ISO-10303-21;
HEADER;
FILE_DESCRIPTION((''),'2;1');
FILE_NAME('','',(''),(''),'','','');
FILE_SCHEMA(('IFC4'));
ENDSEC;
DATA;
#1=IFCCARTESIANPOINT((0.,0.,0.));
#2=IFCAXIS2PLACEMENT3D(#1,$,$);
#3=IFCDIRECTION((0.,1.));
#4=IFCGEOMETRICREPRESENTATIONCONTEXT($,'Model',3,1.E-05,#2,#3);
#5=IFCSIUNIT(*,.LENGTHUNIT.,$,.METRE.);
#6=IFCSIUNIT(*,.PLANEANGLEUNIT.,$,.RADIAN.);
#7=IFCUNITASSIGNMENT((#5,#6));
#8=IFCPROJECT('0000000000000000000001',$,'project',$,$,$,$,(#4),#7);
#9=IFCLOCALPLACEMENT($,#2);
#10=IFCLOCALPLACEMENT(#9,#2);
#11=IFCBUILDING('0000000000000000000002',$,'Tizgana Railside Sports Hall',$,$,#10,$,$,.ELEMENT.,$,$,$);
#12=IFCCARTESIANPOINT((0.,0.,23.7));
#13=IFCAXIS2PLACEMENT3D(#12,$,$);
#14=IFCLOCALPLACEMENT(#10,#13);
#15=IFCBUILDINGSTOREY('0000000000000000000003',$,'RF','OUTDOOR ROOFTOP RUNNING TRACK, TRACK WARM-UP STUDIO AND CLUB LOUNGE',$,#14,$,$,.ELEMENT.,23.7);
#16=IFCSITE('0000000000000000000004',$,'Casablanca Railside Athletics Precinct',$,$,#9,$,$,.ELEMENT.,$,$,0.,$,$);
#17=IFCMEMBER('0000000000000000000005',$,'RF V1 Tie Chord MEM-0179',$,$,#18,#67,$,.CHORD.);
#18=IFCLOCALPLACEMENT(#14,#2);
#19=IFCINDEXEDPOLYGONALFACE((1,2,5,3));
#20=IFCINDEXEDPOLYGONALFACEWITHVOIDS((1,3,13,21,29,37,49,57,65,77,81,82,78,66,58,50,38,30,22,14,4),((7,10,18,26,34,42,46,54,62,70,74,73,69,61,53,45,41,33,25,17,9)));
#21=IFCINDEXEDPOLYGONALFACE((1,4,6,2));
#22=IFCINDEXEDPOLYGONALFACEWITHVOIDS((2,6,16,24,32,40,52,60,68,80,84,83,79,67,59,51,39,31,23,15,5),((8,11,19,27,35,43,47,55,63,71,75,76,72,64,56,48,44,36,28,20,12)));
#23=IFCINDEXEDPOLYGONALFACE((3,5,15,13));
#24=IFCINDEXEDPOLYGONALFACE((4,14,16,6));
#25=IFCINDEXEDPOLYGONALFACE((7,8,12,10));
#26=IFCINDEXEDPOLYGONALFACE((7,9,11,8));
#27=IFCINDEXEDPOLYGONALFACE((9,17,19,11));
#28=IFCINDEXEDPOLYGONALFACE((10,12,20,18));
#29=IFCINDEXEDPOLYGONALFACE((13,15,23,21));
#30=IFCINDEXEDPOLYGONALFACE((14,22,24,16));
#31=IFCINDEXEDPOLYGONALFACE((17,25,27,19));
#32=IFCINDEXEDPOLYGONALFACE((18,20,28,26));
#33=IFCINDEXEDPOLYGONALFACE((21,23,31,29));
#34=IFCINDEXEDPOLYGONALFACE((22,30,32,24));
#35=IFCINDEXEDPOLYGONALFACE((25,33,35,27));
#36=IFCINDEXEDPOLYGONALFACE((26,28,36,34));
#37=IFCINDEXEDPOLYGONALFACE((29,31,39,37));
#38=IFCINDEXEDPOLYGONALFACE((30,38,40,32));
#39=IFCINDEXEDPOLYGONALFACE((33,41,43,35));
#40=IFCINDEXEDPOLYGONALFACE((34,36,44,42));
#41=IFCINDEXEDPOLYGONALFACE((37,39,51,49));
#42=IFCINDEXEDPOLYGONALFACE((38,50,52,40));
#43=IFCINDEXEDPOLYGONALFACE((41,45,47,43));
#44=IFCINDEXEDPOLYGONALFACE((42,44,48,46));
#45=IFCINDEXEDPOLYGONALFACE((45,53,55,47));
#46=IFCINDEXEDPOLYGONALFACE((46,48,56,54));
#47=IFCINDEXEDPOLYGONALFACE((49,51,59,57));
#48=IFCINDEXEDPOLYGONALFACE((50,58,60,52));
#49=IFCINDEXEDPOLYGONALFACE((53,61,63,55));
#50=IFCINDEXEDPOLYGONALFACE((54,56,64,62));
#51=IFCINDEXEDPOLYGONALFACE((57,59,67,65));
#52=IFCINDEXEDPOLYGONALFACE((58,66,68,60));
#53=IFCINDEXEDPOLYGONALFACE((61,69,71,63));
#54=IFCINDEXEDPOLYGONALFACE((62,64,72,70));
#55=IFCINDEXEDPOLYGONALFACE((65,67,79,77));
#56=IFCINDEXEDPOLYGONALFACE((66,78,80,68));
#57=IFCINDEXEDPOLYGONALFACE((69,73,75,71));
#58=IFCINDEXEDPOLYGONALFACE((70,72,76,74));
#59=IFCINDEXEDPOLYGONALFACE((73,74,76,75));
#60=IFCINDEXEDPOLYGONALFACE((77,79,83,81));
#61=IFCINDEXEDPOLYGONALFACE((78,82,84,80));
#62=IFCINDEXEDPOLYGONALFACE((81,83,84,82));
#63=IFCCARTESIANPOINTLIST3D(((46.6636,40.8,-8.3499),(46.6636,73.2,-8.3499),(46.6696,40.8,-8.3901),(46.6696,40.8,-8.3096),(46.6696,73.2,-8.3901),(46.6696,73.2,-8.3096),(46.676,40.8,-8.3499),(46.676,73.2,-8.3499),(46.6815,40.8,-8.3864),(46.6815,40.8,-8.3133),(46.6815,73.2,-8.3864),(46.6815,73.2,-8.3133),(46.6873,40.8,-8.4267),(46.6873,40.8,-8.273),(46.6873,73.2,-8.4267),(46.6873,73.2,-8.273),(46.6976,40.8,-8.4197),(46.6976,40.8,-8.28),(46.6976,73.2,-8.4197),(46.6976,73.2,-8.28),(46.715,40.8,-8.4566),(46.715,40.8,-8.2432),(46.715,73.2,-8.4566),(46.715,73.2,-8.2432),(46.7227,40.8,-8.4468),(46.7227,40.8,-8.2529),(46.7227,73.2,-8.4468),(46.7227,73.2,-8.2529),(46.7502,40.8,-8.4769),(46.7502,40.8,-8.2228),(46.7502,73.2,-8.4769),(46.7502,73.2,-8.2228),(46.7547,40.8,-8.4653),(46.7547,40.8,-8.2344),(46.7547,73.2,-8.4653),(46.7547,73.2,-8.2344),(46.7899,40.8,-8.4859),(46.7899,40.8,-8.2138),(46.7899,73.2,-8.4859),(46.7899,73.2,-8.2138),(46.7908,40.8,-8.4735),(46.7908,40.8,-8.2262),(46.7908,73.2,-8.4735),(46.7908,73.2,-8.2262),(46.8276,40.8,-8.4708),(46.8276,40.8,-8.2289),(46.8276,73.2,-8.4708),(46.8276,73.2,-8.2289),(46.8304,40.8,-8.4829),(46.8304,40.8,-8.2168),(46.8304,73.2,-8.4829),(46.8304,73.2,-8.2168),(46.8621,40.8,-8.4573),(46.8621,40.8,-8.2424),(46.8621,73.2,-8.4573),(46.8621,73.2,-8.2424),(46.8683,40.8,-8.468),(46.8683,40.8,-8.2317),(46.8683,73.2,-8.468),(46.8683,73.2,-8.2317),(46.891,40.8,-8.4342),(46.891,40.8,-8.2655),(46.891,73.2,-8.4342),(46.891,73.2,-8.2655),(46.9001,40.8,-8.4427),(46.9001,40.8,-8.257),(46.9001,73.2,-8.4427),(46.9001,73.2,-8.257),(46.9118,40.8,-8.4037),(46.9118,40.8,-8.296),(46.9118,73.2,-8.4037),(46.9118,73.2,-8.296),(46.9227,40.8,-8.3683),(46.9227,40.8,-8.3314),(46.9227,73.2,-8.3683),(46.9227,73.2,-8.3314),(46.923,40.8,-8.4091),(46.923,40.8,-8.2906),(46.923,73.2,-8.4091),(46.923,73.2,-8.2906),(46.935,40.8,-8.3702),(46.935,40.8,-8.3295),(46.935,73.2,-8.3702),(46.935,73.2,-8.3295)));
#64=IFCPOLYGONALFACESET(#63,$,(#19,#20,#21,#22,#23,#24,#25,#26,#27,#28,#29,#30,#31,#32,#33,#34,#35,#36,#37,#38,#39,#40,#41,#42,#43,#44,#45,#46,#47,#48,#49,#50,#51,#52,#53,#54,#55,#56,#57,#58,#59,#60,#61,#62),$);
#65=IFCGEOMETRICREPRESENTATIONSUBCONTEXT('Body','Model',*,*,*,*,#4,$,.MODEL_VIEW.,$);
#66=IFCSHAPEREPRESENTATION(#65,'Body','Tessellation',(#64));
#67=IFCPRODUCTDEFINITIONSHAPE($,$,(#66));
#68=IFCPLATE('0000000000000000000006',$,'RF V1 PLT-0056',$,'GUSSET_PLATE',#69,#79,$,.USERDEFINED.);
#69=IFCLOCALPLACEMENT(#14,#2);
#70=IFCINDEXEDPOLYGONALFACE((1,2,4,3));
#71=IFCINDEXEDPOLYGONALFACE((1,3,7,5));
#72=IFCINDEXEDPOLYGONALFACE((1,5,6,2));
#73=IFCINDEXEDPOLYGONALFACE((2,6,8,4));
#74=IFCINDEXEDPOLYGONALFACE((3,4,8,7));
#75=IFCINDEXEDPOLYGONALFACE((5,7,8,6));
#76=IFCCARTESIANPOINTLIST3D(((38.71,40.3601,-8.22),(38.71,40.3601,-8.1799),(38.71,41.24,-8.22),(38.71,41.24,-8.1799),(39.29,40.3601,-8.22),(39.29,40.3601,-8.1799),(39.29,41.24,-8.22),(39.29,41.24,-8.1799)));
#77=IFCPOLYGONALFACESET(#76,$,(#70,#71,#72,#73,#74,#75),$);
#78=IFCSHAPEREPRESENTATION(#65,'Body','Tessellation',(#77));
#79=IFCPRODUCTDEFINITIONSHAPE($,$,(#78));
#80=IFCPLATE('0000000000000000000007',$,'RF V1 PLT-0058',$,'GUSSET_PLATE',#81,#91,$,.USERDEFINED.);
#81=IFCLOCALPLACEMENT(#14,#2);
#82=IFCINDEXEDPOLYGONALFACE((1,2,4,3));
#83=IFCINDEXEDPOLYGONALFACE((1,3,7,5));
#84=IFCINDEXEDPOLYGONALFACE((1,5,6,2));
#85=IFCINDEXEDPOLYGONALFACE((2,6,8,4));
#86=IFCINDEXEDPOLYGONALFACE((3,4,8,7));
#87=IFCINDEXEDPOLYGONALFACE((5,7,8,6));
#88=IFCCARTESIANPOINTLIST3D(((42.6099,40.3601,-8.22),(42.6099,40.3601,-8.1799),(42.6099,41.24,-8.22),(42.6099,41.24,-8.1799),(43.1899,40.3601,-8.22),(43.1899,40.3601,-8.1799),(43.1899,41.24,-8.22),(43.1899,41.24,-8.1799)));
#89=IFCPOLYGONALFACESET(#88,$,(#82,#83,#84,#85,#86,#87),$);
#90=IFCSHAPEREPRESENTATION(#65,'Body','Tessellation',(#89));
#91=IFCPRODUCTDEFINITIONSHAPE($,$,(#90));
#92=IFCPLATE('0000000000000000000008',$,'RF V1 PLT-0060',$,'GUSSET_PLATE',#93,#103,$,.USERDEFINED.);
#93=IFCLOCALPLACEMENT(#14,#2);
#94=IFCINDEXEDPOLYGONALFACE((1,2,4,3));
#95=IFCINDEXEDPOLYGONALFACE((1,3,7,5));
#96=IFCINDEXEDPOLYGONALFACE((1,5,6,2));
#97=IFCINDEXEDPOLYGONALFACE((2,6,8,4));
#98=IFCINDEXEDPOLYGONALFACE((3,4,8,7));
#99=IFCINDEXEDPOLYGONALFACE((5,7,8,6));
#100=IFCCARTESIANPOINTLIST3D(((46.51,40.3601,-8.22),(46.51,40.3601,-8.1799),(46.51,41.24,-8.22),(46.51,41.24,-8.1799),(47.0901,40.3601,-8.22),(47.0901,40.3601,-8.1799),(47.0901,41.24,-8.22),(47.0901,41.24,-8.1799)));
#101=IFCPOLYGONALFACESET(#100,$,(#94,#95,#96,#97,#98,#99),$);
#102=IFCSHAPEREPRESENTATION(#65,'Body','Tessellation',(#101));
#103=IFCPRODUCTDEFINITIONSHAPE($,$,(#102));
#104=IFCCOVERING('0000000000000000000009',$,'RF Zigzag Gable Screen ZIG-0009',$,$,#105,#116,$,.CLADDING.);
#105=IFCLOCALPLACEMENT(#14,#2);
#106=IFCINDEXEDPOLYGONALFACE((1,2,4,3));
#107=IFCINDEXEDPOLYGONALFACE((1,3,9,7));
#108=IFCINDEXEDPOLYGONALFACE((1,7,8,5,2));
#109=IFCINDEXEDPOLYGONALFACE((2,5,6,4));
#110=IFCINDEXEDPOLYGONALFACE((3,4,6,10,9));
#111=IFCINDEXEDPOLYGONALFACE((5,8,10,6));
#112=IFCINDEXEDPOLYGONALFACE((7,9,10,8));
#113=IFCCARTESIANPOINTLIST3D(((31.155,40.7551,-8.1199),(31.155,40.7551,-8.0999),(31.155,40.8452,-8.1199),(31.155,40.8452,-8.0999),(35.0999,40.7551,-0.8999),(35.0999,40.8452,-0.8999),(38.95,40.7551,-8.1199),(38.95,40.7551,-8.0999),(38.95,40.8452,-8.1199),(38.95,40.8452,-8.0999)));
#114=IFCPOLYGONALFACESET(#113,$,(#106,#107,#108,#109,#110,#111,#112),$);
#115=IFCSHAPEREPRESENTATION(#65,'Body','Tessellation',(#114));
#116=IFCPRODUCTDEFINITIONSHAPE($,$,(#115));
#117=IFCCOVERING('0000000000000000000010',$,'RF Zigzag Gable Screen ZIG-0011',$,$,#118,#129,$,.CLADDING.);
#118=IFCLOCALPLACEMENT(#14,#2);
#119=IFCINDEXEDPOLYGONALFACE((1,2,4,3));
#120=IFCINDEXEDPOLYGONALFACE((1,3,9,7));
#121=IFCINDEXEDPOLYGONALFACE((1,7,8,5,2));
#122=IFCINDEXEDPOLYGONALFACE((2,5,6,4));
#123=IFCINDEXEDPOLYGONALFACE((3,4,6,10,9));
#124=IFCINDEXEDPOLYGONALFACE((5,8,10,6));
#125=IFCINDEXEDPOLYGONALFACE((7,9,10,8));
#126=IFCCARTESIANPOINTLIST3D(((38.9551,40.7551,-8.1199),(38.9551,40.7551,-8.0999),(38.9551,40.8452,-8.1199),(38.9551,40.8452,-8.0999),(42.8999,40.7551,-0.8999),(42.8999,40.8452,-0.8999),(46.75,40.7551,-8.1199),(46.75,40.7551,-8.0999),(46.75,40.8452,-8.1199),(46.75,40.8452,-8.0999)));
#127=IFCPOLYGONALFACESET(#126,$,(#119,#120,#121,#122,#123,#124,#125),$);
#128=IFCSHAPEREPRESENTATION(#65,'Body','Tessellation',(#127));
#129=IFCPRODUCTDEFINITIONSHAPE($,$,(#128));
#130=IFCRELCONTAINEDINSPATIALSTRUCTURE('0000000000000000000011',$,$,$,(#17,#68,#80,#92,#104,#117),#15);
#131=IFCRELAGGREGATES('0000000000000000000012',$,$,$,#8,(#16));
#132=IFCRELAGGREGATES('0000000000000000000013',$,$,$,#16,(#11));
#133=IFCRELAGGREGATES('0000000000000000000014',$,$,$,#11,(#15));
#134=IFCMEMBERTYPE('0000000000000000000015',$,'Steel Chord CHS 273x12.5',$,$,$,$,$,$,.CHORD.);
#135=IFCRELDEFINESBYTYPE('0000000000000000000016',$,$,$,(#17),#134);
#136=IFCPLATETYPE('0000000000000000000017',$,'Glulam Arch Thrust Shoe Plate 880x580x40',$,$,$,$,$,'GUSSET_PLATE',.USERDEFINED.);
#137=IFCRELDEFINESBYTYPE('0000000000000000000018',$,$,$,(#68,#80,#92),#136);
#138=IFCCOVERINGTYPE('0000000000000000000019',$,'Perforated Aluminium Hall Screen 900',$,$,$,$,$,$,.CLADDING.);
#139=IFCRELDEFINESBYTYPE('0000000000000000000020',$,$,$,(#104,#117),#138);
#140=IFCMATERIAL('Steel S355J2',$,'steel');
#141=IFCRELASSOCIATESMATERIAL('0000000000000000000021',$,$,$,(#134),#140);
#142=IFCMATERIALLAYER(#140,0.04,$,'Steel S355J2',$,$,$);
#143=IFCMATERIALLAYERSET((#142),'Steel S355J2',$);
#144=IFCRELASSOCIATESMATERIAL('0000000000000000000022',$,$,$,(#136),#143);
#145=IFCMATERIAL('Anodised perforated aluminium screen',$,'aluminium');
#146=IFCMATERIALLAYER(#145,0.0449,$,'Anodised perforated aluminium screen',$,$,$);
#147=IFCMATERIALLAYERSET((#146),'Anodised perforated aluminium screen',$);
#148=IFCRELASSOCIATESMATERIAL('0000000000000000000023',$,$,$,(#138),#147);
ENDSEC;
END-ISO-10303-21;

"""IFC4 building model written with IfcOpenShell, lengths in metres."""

from ifc_helpers import new_model, si_unit, direction, frame, origin, origin_2d, place, context, subcontext, project, spatial, polyline, rectangle, hollow_circle, outline, extrude, material, layer, layer_set, material_profile, profile_set, type_object, element, save


model = new_model("IFC4")

# Units and contexts
model_context = context("Model", 3, precision=1e-05, world=origin(), true_north=direction((0.0, 1.0)))
body_context = subcontext(model_context, "Body", "Model", "MODEL_VIEW")
ifc_project = project(units=[si_unit("LENGTHUNIT", "METRE"), si_unit("PLANEANGLEUNIT", "RADIAN")], contexts=[model_context])

# Site, building, storey
site_placement = place(None, origin())
site = spatial("IfcSite", under=ifc_project, at=site_placement, Name="Casablanca Railside Athletics Precinct", CompositionType="ELEMENT", RefElevation=0.0)
building_placement = place(site_placement, origin())
building = spatial("IfcBuilding", under=site, at=building_placement, Name="Tizgana Railside Sports Hall", CompositionType="ELEMENT")
storey_placement = place(building_placement, frame((0.0, 0.0, 23.7)))
storey = spatial("IfcBuildingStorey", under=building, at=storey_placement, Name="RF", Description="OUTDOOR ROOFTOP RUNNING TRACK, TRACK WARM-UP STUDIO AND CLUB LOUNGE", CompositionType="ELEMENT", Elevation=23.7)

# Member
ifc_material_1 = material(Name="Steel S355J2", Category="steel")
ifc_material_profile_1 = material_profile(ifc_material_1, hollow_circle(Radius=0.1365, WallThickness=0.0125, at=origin_2d()), Name="CHS 273x12.5")
ifc_profile_set_1 = profile_set([ifc_material_profile_1], Name="Steel S355J2")
member_type_1 = type_object("IfcMemberType", Name="Steel Chord CHS 273x12.5", PredefinedType="CHORD", material=ifc_profile_set_1)
for number, where, z_axis, x_axis, name in (
    (1, (46.8, 40.8, -8.3499), (0.0, 1.0, 0.0), (-1.0, 0.0, 0.0), "RF V1 Tie Chord MEM-0179"),
):
    element("IfcMember", number, at=place(storey_placement, frame(where, z_axis=z_axis, x_axis=x_axis)), inside=storey, type_object=member_type_1, Name=name, PredefinedType="CHORD", context=body_context, shape_type="SweptSolid", body=[
        extrude(hollow_circle(Radius=0.1365, WallThickness=0.0125, at=origin_2d()), origin(), (0.0, 0.0, 1.0), 32.3999),
    ])

# Plates
ifc_layer_1 = layer(ifc_material_1, 0.04, Name="Steel S355J2")
ifc_layer_set_1 = layer_set([ifc_layer_1], Name="Steel S355J2")
plate_type = type_object("IfcPlateType", Name="Glulam Arch Thrust Shoe Plate 880x580x40", ElementType="GUSSET_PLATE", PredefinedType="USERDEFINED", material=ifc_layer_set_1)
for number, where, z_axis, x_axis, name in (
    (2, (39.0, 40.8, -8.22), (0.0, 0.0, 1.0), (1.0, 0.0, 0.0), "RF V1 PLT-0056"),
    (3, (42.8999, 40.8, -8.22), (0.0, 0.0, 1.0), (1.0, 0.0, 0.0), "RF V1 PLT-0058"),
    (4, (46.8, 40.8, -8.22), (0.0, 0.0, 1.0), (1.0, 0.0, 0.0), "RF V1 PLT-0060"),
):
    element("IfcPlate", number, at=place(storey_placement, frame(where, z_axis=z_axis, x_axis=x_axis)), inside=storey, type_object=plate_type, Name=name, ObjectType="GUSSET_PLATE", PredefinedType="USERDEFINED", context=body_context, shape_type="SweptSolid", body=[
        extrude(rectangle(XDim=0.5801, YDim=0.8799, at=origin_2d()), origin(), (0.0, 0.0, 1.0), 0.04),
    ])

# Coverings
ifc_material_2 = material(Name="Anodised perforated aluminium screen", Category="aluminium")
ifc_layer_2 = layer(ifc_material_2, 0.0449, Name="Anodised perforated aluminium screen")
ifc_layer_set_2 = layer_set([ifc_layer_2], Name="Anodised perforated aluminium screen")
covering_type = type_object("IfcCoveringType", Name="Perforated Aluminium Hall Screen 900", PredefinedType="CLADDING", material=ifc_layer_set_2)
for number, where, z_axis, x_axis, name in (
    (5, (38.95, 40.8, -8.1199), (0.0, 0.0, 1.0), (-1.0, 0.0, 0.0), "RF Zigzag Gable Screen ZIG-0009"),
    (6, (46.75, 40.8, -8.1199), (0.0, 0.0, 1.0), (-1.0, 0.0, 0.0), "RF Zigzag Gable Screen ZIG-0011"),
):
    element("IfcCovering", number, at=place(storey_placement, frame(where, z_axis=z_axis, x_axis=x_axis)), inside=storey, type_object=covering_type, Name=name, PredefinedType="CLADDING", context=body_context, shape_type="SweptSolid", body=[
        extrude(outline(polyline([(0.0, 0.0), (7.7949, 0.0), (7.7949, 0.02), (3.8501, 7.22), (0.0, 0.02), (0.0, 0.0)])), frame((0.0, 0.0449, 0.0), z_axis=(0.0, -1.0, 0.0), x_axis=(1.0, 0.0, 0.0)), (0.0, 0.0, 1.0), 0.0901),
    ])

save(model, "model.ifc")
